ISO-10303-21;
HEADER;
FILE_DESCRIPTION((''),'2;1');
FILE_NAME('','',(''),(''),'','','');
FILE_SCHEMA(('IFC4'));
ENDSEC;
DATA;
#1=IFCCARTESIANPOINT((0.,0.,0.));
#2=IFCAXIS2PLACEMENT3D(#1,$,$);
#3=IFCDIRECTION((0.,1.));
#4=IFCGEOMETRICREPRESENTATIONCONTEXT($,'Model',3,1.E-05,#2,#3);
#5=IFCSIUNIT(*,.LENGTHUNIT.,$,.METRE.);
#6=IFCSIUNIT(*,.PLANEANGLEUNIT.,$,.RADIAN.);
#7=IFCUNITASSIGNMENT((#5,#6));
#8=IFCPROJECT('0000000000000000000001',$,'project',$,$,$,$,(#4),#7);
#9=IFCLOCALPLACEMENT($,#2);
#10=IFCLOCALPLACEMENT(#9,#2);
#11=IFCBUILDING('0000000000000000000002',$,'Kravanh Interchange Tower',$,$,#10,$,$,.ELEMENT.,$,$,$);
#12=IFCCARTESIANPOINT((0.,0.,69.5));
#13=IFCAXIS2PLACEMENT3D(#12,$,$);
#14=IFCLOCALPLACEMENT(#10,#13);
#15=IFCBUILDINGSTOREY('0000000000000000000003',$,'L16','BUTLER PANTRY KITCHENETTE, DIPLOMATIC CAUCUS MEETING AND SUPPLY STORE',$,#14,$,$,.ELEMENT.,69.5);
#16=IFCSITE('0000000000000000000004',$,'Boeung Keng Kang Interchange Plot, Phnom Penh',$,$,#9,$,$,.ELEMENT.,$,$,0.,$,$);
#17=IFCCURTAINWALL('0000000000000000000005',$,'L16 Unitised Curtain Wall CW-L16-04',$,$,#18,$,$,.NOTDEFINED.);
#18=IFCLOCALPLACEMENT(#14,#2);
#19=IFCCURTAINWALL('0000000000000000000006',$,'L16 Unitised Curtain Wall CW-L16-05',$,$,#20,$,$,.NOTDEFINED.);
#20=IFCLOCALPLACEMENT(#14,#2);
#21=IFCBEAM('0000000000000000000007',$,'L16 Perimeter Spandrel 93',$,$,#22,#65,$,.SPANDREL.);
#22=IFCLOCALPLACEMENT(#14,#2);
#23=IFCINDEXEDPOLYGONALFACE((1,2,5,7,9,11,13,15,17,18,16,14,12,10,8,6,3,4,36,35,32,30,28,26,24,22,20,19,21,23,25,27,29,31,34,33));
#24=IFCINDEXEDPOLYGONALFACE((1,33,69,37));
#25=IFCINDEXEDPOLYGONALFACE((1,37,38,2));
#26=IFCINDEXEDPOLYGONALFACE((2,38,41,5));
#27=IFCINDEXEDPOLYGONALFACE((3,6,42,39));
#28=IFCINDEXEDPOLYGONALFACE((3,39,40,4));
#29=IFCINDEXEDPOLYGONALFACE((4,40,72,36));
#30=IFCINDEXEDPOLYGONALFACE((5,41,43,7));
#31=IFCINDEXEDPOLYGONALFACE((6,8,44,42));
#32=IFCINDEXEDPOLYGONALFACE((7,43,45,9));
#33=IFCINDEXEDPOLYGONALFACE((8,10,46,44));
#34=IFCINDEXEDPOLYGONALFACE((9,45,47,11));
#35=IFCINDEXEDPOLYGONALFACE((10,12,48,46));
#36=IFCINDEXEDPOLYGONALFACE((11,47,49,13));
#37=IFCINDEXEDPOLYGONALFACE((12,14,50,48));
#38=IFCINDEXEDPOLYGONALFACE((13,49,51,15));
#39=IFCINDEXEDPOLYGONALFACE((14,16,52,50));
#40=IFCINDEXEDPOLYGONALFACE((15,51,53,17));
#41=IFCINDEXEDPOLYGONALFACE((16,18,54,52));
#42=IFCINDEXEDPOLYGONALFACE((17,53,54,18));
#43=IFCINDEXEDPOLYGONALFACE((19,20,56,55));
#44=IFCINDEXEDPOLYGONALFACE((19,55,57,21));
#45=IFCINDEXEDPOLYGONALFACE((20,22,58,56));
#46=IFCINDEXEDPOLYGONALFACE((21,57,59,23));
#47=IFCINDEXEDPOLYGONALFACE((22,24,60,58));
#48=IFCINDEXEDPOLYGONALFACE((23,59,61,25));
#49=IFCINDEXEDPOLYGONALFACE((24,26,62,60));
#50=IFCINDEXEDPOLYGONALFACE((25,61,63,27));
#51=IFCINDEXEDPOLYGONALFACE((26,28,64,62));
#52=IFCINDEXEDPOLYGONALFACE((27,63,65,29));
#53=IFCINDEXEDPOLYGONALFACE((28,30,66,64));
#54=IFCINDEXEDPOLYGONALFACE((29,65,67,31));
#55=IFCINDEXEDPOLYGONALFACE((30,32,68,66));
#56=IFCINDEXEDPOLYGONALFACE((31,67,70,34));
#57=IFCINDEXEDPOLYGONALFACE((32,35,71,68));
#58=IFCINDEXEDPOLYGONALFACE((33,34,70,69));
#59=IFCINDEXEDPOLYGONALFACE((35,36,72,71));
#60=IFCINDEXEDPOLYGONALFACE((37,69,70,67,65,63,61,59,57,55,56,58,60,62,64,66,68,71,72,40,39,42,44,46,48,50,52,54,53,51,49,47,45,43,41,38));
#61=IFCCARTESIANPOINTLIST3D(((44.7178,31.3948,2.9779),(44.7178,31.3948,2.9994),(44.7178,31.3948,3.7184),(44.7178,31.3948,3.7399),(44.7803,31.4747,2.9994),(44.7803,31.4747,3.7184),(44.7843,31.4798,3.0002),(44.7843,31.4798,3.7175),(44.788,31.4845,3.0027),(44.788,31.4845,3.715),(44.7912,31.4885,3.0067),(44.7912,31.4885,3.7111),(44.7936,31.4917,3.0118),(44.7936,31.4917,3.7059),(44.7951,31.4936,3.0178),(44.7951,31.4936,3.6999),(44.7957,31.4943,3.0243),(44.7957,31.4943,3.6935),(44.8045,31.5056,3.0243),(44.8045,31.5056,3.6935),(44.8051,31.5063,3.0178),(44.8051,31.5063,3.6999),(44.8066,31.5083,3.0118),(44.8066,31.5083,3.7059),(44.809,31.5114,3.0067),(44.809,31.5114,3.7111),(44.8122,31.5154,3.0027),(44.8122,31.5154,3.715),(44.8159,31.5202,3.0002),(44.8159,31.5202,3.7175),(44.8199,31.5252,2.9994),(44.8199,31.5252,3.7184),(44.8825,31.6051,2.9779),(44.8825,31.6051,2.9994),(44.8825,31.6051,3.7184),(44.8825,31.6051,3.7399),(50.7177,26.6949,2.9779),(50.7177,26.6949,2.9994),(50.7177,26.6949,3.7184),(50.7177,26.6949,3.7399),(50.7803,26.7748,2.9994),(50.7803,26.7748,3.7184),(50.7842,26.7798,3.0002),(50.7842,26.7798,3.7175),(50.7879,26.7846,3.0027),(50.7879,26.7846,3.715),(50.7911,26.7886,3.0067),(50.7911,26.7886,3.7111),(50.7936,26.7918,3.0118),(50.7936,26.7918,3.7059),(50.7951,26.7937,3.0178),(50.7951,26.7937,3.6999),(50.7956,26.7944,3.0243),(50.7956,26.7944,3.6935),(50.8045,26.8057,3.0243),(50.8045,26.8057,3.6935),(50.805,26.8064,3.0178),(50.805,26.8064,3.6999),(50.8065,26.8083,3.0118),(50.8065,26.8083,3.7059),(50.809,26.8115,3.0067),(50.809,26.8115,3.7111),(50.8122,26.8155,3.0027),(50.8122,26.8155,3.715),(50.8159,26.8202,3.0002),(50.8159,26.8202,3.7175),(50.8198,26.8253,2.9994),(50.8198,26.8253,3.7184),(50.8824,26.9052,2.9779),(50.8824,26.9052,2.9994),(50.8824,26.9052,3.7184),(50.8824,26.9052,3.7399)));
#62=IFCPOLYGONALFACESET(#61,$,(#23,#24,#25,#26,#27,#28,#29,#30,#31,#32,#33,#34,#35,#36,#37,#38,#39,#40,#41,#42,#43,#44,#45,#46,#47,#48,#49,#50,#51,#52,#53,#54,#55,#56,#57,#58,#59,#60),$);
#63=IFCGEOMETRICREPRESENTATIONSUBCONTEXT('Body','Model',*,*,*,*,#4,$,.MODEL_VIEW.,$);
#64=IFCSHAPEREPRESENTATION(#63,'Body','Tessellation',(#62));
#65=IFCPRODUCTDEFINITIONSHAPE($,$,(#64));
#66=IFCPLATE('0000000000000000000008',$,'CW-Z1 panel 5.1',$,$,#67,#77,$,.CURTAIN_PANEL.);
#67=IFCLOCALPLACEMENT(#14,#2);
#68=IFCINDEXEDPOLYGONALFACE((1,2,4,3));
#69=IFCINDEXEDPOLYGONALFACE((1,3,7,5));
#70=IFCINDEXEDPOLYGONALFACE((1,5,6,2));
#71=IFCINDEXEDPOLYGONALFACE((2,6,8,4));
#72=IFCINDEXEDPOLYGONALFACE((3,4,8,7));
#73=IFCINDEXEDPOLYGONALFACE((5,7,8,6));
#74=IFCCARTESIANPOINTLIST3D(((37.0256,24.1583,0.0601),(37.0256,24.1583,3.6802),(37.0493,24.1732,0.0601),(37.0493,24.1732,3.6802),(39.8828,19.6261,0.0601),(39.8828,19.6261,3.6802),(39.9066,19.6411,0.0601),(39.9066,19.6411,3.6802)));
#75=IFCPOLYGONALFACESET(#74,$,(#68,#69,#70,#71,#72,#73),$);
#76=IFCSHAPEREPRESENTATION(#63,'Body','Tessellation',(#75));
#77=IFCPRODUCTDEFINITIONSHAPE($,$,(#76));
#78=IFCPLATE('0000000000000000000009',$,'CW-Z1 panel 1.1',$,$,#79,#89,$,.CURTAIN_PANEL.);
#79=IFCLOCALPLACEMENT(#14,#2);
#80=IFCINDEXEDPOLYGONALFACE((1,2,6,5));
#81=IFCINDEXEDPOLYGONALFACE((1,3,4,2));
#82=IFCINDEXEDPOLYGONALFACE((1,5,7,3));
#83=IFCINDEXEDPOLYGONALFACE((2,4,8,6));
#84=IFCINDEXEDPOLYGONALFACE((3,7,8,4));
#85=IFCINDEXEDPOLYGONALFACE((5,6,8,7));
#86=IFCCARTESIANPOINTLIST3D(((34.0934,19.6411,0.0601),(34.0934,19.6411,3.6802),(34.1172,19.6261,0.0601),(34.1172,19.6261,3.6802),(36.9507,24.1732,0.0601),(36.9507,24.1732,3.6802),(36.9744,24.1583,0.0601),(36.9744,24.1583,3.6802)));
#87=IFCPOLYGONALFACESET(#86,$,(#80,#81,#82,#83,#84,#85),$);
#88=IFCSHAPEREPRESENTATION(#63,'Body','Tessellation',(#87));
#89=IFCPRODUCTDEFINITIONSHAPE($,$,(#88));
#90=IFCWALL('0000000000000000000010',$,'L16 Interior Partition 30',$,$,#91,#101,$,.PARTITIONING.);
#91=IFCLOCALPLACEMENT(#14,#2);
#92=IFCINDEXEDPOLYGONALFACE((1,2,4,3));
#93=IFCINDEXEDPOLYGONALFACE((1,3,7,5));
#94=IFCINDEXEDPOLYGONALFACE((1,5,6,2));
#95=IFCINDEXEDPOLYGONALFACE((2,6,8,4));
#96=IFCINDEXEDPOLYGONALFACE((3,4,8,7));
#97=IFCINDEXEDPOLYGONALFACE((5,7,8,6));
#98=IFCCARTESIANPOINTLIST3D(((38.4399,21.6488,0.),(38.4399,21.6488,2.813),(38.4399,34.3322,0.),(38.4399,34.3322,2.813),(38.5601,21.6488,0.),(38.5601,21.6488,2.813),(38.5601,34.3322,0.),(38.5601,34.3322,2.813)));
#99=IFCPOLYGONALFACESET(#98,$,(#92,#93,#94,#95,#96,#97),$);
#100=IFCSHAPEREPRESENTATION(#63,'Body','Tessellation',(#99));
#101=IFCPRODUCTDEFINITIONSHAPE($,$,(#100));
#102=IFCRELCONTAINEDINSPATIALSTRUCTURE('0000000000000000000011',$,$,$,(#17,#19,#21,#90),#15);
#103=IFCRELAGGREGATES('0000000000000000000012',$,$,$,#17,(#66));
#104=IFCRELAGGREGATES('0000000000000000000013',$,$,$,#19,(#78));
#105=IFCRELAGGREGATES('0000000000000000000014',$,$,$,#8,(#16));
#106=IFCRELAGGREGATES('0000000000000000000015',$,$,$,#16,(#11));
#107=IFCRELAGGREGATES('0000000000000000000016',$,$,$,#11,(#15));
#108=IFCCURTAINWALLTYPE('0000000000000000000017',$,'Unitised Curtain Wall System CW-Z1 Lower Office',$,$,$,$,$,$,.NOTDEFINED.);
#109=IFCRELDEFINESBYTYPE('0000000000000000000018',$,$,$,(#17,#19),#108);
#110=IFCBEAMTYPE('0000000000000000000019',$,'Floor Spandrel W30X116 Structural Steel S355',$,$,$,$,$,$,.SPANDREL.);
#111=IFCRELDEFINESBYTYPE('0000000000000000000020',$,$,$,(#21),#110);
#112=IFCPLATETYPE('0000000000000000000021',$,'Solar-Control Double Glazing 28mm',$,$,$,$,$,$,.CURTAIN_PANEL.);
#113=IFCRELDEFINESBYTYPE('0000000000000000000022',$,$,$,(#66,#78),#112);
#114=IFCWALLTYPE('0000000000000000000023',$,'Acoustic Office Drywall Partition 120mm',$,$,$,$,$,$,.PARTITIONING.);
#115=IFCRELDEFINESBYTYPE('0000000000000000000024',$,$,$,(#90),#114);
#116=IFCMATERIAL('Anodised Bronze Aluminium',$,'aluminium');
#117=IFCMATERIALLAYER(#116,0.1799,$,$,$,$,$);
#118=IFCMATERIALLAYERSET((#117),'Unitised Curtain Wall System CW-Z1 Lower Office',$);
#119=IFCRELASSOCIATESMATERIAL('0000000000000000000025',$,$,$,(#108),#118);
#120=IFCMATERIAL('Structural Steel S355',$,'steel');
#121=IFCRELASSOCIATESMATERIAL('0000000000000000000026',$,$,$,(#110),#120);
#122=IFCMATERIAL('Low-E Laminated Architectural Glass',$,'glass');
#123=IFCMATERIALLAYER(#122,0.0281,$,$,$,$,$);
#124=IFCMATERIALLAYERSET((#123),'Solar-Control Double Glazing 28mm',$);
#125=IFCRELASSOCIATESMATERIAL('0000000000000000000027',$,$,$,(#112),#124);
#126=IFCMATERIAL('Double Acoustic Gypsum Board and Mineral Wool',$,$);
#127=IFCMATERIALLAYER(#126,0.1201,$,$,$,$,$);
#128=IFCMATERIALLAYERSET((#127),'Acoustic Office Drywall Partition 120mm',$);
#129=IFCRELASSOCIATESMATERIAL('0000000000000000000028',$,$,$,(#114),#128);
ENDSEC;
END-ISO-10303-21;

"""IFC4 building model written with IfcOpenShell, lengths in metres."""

from ifc_helpers import new_model, si_unit, direction, frame, frame_2d, origin, origin_2d, place, context, subcontext, project, spatial, rectangle, i_section, extrude, material, layer, layer_set, material_profile, profile_set, type_object, element, aggregate, save


model = new_model("IFC4")

# Units and contexts
model_context = context("Model", 3, precision=1e-05, world=origin(), true_north=direction((0.0, 1.0)))
body_context = subcontext(model_context, "Body", "Model", "MODEL_VIEW")
ifc_project = project(units=[si_unit("LENGTHUNIT", "METRE"), si_unit("PLANEANGLEUNIT", "RADIAN")], contexts=[model_context])

# Site, building, storey
site_placement = place(None, origin())
site = spatial("IfcSite", under=ifc_project, at=site_placement, Name="Boeung Keng Kang Interchange Plot, Phnom Penh", CompositionType="ELEMENT", RefElevation=0.0)
building_placement = place(site_placement, origin())
building = spatial("IfcBuilding", under=site, at=building_placement, Name="Kravanh Interchange Tower", CompositionType="ELEMENT")
storey_placement = place(building_placement, frame((0.0, 0.0, 69.5)))
storey = spatial("IfcBuildingStorey", under=building, at=storey_placement, Name="L16", Description="BUTLER PANTRY KITCHENETTE, DIPLOMATIC CAUCUS MEETING AND SUPPLY STORE", CompositionType="ELEMENT", Elevation=69.5)

# Curtain walls
ifc_material_1 = material(Name="Anodised Bronze Aluminium", Category="aluminium")
ifc_layer_1 = layer(ifc_material_1, 0.1799)
ifc_layer_set_1 = layer_set([ifc_layer_1], Name="Unitised Curtain Wall System CW-Z1 Lower Office")
curtain_wall_type = type_object("IfcCurtainWallType", Name="Unitised Curtain Wall System CW-Z1 Lower Office", PredefinedType="NOTDEFINED", material=ifc_layer_set_1)
curtain_wall_1_placement = place(storey_placement, origin())
curtain_wall_1 = element("IfcCurtainWall", 1, at=curtain_wall_1_placement, inside=storey, type_object=curtain_wall_type, Name="L16 Unitised Curtain Wall CW-L16-04", PredefinedType="NOTDEFINED")
curtain_wall_2_placement = place(storey_placement, origin())
curtain_wall_2 = element("IfcCurtainWall", 2, at=curtain_wall_2_placement, inside=storey, type_object=curtain_wall_type, Name="L16 Unitised Curtain Wall CW-L16-05", PredefinedType="NOTDEFINED")

# Beam
ifc_material_2 = material(Name="Structural Steel S355", Category="steel")
ifc_material_profile_1 = material_profile(ifc_material_2, i_section(OverallWidth=0.2671, OverallDepth=0.762, WebThickness=0.0144, FlangeThickness=0.0215, FilletRadius=0.0249, at=origin_2d()), Name="W30X116")
ifc_profile_set_1 = profile_set([ifc_material_profile_1], Name="Structural Steel S355")
beam_type_1 = type_object("IfcBeamType", Name="Floor Spandrel W30X116 Structural Steel S355", PredefinedType="SPANDREL", material=ifc_profile_set_1)
beam_1_placement = place(storey_placement, frame((50.8, 26.8, 3.3589), z_axis=(-0.787231, 0.616658, 0.0), x_axis=(-0.616658, -0.787231, 0.0)))
element("IfcBeam", 3, at=beam_1_placement, inside=storey, type_object=beam_type_1, Name="L16 Perimeter Spandrel 93", PredefinedType="SPANDREL", context=body_context, shape_type="SweptSolid", body=[
    extrude(i_section(OverallWidth=0.2671, OverallDepth=0.762, WebThickness=0.0144, FlangeThickness=0.0215, FilletRadius=0.0249, at=origin_2d()), origin(), (0.0, 0.0, 1.0), 7.6216),
])

# Plates
ifc_material_3 = material(Name="Low-E Laminated Architectural Glass", Category="glass")
ifc_layer_2 = layer(ifc_material_3, 0.0281)
ifc_layer_set_2 = layer_set([ifc_layer_2], Name="Solar-Control Double Glazing 28mm")
plate_type = type_object("IfcPlateType", Name="Solar-Control Double Glazing 28mm", PredefinedType="CURTAIN_PANEL", material=ifc_layer_set_2)
plate_1_placement = place(storey_placement, frame((38.4661, 21.8997, 0.0601), z_axis=(0.0, 0.0, 1.0), x_axis=(-0.533301, 0.845926, 0.0)))
plate_1 = element("IfcPlate", 4, at=plate_1_placement, type_object=plate_type, Name="CW-Z1 panel 5.1", PredefinedType="CURTAIN_PANEL", context=body_context, shape_type="SweptSolid", body=[
    extrude(rectangle(XDim=5.3577, YDim=0.0281, at=origin_2d()), origin(), (0.0, 0.0, 1.0), 3.6201),
])
aggregate(curtain_wall_1, [plate_1])
plate_2_placement = place(storey_placement, frame((35.5339, 21.8997, 0.0601), z_axis=(0.0, 0.0, 1.0), x_axis=(-0.533301, -0.845926, 0.0)))
plate_2 = element("IfcPlate", 5, at=plate_2_placement, type_object=plate_type, Name="CW-Z1 panel 1.1", PredefinedType="CURTAIN_PANEL", context=body_context, shape_type="SweptSolid", body=[
    extrude(rectangle(XDim=5.3577, YDim=0.0281, at=origin_2d()), origin(), (0.0, 0.0, 1.0), 3.6201),
])
aggregate(curtain_wall_2, [plate_2])

# Wall
ifc_material_4 = material(Name="Double Acoustic Gypsum Board and Mineral Wool")
ifc_layer_3 = layer(ifc_material_4, 0.1201)
ifc_layer_set_3 = layer_set([ifc_layer_3], Name="Acoustic Office Drywall Partition 120mm")
wall_type = type_object("IfcWallType", Name="Acoustic Office Drywall Partition 120mm", PredefinedType="PARTITIONING", material=ifc_layer_set_3)
wall_placement = place(storey_placement, frame((38.5, 21.6487, 0.0), z_axis=(0.0, 0.0, 1.0), x_axis=(0.0, 1.0, 0.0)))
element("IfcWall", 6, at=wall_placement, inside=storey, type_object=wall_type, Name="L16 Interior Partition 30", PredefinedType="PARTITIONING", context=body_context, shape_type="SweptSolid", body=[
    extrude(rectangle(XDim=12.6833, YDim=0.1201, at=frame_2d((6.3418, 0.0))), origin(), (0.0, 0.0, 1.0), 2.813),
])

save(model, "model.ifc")
